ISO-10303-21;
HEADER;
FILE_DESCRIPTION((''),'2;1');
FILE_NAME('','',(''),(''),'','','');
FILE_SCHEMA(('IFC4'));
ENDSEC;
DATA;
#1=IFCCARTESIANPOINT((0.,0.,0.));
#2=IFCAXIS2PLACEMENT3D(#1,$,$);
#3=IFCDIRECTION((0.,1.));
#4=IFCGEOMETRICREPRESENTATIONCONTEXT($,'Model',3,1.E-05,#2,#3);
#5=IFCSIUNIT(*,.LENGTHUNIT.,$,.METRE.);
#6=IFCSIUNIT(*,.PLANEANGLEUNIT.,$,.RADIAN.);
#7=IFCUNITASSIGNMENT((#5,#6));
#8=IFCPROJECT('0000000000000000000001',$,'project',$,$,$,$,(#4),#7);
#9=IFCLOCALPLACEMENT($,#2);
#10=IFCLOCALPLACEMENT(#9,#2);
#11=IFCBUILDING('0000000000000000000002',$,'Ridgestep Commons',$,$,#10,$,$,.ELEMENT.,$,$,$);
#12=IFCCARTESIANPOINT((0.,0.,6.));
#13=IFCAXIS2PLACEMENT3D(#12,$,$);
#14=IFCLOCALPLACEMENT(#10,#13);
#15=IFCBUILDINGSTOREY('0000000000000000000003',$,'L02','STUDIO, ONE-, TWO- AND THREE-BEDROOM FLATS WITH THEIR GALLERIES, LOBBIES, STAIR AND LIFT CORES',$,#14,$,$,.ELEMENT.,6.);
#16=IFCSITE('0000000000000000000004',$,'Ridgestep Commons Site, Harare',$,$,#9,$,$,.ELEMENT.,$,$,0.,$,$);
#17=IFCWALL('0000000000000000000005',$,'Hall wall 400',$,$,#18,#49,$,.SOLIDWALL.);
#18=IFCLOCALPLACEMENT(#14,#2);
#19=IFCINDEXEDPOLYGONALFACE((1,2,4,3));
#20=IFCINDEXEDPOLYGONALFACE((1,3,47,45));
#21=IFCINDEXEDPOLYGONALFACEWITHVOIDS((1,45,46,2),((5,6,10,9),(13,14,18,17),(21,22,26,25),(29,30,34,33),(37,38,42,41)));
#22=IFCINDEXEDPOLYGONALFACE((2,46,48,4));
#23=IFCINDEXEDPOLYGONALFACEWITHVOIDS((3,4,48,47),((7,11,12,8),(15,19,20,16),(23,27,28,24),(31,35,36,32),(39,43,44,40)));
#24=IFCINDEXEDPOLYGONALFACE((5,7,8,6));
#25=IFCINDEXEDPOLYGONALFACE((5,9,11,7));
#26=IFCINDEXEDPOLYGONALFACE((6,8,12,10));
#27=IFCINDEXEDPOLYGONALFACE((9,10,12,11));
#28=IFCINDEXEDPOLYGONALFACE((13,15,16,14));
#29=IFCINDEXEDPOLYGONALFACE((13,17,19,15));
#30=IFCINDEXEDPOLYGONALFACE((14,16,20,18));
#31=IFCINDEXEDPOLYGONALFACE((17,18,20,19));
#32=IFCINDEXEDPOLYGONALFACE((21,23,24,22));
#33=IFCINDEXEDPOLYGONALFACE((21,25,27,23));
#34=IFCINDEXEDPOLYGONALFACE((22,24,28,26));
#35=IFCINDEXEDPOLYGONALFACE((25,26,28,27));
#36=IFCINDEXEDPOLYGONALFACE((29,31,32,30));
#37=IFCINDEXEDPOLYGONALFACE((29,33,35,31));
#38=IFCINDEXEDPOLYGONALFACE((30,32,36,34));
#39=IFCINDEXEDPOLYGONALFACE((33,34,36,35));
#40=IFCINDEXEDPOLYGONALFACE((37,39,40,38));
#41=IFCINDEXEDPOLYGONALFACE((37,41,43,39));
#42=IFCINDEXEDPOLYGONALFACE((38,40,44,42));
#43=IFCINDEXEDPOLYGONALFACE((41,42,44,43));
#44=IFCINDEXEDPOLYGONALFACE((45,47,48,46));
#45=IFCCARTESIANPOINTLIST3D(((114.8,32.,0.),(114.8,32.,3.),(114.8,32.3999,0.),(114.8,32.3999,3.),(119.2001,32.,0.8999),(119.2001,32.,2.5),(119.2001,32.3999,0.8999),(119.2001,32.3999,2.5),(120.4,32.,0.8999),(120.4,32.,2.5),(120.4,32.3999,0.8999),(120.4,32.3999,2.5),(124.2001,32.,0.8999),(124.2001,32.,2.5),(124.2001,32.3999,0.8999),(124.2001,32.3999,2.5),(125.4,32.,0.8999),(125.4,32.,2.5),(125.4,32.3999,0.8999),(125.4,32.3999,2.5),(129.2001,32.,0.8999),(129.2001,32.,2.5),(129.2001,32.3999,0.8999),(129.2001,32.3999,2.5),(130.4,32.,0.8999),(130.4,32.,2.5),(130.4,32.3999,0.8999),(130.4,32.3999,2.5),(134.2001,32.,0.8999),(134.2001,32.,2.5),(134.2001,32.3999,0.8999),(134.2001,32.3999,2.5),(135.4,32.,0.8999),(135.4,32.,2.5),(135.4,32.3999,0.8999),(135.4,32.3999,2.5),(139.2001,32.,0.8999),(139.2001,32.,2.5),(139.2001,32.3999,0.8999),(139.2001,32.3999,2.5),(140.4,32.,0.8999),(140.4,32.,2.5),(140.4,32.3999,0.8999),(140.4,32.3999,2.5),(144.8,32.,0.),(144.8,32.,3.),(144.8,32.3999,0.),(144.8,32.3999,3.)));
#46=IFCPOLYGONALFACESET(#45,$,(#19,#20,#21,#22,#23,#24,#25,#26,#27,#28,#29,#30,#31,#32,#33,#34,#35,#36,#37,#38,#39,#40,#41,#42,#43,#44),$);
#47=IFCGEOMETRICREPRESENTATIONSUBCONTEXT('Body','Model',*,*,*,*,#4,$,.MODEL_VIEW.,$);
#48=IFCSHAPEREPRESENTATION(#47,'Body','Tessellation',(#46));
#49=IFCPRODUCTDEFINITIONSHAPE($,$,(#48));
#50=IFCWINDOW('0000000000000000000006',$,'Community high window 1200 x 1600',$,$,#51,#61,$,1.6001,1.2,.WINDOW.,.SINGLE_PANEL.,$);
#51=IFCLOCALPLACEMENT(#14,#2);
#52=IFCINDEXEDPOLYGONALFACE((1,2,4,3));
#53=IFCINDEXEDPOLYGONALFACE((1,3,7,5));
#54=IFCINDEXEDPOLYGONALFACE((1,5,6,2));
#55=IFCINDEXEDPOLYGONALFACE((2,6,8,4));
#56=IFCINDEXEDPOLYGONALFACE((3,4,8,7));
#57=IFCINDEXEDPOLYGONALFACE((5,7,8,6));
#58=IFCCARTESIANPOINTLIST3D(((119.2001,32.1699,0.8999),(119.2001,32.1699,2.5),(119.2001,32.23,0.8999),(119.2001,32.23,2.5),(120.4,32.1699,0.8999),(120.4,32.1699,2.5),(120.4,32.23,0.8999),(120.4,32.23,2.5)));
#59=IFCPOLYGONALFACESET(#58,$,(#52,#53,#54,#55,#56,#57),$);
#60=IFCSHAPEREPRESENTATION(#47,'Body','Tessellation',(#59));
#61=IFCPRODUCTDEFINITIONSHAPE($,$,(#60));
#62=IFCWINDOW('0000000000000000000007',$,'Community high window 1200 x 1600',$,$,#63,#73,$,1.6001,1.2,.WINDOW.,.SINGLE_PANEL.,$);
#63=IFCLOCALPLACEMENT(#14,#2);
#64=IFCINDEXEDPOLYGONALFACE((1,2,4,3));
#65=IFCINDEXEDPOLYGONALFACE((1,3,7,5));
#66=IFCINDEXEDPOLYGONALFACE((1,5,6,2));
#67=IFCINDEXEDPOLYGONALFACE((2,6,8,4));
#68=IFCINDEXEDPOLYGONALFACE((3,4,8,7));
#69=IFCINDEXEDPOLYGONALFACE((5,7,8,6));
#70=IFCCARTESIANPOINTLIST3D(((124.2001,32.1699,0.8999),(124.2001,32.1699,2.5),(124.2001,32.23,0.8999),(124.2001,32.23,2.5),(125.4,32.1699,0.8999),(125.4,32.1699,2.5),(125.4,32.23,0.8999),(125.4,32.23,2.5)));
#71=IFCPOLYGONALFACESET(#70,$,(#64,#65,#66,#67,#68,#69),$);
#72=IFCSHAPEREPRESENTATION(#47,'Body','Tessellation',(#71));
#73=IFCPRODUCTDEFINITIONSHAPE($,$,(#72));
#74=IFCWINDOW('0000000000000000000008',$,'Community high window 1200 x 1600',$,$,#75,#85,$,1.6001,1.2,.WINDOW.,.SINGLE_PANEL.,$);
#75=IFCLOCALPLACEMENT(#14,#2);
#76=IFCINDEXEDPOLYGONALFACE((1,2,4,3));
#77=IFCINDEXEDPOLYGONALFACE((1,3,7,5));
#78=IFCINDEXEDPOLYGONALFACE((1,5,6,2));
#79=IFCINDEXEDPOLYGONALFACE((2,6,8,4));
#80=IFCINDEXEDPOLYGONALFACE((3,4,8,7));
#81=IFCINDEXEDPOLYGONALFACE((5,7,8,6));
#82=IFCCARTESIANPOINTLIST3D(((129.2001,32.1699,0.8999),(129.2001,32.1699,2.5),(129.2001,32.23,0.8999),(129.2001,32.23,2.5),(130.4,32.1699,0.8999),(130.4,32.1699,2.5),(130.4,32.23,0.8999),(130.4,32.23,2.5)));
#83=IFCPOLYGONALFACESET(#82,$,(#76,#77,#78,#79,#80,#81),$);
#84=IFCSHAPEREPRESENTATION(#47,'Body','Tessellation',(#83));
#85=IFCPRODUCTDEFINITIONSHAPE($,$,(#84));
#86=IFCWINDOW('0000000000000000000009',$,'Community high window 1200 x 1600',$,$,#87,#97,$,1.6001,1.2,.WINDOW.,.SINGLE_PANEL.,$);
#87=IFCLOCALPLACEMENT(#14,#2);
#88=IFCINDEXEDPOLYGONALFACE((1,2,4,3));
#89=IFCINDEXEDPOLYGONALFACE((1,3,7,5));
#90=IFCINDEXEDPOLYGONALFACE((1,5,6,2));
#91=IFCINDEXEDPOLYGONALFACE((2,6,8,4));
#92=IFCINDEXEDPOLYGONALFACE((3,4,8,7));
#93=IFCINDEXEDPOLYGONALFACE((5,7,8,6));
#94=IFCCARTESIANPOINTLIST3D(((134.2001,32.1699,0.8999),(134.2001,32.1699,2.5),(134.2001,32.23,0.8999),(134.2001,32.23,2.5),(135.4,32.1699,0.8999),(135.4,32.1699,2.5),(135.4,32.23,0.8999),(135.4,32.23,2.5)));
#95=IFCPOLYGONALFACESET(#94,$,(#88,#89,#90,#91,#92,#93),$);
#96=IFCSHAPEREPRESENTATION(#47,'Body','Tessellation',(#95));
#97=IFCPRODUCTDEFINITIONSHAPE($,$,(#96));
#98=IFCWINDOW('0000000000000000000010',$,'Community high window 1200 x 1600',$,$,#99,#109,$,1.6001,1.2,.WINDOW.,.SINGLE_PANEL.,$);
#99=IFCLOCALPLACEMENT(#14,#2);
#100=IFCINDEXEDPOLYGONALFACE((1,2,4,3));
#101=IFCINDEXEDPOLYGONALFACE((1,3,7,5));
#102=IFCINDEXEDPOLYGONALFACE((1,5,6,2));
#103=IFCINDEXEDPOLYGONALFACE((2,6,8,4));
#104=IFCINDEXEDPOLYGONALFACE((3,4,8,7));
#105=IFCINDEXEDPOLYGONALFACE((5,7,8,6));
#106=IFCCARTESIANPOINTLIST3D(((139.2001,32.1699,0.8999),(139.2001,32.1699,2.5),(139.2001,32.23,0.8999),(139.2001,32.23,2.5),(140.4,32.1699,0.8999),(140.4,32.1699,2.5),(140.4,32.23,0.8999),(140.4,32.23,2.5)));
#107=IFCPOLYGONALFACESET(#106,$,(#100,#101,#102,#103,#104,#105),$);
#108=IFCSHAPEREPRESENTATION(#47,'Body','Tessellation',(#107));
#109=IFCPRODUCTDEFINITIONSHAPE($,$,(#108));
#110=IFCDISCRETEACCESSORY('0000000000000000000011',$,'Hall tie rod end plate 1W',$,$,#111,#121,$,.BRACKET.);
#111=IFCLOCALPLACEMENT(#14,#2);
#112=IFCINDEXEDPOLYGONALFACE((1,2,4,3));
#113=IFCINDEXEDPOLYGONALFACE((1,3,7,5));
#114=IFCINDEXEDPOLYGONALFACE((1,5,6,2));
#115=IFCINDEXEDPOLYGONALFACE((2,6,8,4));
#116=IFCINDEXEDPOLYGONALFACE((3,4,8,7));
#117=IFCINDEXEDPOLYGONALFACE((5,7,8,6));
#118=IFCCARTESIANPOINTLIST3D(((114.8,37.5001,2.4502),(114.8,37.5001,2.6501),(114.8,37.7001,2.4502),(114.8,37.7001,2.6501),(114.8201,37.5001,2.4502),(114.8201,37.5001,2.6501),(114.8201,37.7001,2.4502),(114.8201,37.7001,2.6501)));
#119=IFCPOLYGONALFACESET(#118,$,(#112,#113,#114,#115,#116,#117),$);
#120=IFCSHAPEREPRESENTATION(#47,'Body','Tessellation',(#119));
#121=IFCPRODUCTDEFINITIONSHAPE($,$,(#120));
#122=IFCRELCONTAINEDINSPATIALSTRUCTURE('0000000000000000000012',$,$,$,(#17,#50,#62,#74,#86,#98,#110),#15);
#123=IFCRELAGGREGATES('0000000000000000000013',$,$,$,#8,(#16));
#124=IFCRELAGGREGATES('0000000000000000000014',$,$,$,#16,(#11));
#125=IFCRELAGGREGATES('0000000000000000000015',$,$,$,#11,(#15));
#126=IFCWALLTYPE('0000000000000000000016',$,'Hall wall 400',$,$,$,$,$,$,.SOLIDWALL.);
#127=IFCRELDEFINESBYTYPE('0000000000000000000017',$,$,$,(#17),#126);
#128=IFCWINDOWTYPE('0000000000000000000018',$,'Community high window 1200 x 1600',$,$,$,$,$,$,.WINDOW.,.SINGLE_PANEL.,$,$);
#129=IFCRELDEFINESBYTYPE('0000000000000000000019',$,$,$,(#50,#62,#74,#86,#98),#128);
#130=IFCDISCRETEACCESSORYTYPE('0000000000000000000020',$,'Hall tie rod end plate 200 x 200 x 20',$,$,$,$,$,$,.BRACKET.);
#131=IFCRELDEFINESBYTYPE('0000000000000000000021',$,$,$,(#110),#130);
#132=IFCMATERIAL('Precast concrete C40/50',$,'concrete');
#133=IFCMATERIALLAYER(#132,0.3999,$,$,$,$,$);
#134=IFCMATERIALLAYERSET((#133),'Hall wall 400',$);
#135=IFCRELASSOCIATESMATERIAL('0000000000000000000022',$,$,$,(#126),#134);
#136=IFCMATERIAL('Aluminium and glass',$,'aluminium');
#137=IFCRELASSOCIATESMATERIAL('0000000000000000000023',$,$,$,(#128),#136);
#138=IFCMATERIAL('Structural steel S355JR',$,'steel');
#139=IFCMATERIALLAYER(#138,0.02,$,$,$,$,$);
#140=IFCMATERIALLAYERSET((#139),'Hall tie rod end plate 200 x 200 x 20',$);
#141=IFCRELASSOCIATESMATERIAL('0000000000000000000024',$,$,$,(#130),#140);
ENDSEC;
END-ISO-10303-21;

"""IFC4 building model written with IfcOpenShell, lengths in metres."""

from ifc_helpers import new_model, si_unit, direction, frame, frame_2d, origin, origin_2d, place, context, subcontext, project, spatial, rectangle, extrude, material, layer, layer_set, type_object, element, fill, save


model = new_model("IFC4")

# Units and contexts
model_context = context("Model", 3, precision=1e-05, world=origin(), true_north=direction((0.0, 1.0)))
body_context = subcontext(model_context, "Body", "Model", "MODEL_VIEW")
ifc_project = project(units=[si_unit("LENGTHUNIT", "METRE"), si_unit("PLANEANGLEUNIT", "RADIAN")], contexts=[model_context])

# Site, building, storey
site_placement = place(None, origin())
site = spatial("IfcSite", under=ifc_project, at=site_placement, Name="Ridgestep Commons Site, Harare", CompositionType="ELEMENT", RefElevation=0.0)
building_placement = place(site_placement, origin())
building = spatial("IfcBuilding", under=site, at=building_placement, Name="Ridgestep Commons", CompositionType="ELEMENT")
storey_placement = place(building_placement, frame((0.0, 0.0, 6.0)))
storey = spatial("IfcBuildingStorey", under=building, at=storey_placement, Name="L02", Description="STUDIO, ONE-, TWO- AND THREE-BEDROOM FLATS WITH THEIR GALLERIES, LOBBIES, STAIR AND LIFT CORES", CompositionType="ELEMENT", Elevation=6.0)

# Wall, openings, windows
ifc_material_1 = material(Name="Precast concrete C40/50", Category="concrete")
ifc_layer_1 = layer(ifc_material_1, 0.3999)
ifc_layer_set_1 = layer_set([ifc_layer_1], Name="Hall wall 400")
wall_type_1 = type_object("IfcWallType", Name="Hall wall 400", PredefinedType="SOLIDWALL", material=ifc_layer_set_1)
ifc_material_2 = material(Name="Aluminium and glass", Category="aluminium")
window_type = type_object("IfcWindowType", Name="Community high window 1200 x 1600", PartitioningType="SINGLE_PANEL", PredefinedType="WINDOW", material=ifc_material_2)
wall_1_placement = place(storey_placement, frame((114.8, 32.2, 0.0), z_axis=(0.0, 0.0, 1.0), x_axis=(1.0, 0.0, 0.0)))
wall_1 = element("IfcWall", 1, at=wall_1_placement, inside=storey, type_object=wall_type_1, Name="Hall wall 400", PredefinedType="SOLIDWALL", context=body_context, shape_type="SweptSolid", body=[
    extrude(rectangle(XDim=30.0, YDim=0.3999, at=frame_2d((15.0, 0.0))), origin(), (0.0, 0.0, 1.0), 3.0),
])
opening_1_placement = place(wall_1_placement, frame((4.3999, 0.0, 0.8999)))
opening_1 = element("IfcOpeningElement", 2, at=opening_1_placement, cuts=wall_1, PredefinedType="OPENING", context=body_context, shape_type="SweptSolid", body=[
    extrude(rectangle(XDim=1.2, YDim=1.6001, at=frame_2d((0.6001, 0.8))), frame((0.0, 0.21, 0.0), z_axis=(0.0, -1.0, 0.0), x_axis=(1.0, 0.0, 0.0)), (0.0, 0.0, 1.0), 0.4199),
])
opening_2_placement = place(wall_1_placement, frame((9.3999, 0.0, 0.8999)))
opening_2 = element("IfcOpeningElement", 3, at=opening_2_placement, cuts=wall_1, PredefinedType="OPENING", context=body_context, shape_type="SweptSolid", body=[
    extrude(rectangle(XDim=1.2, YDim=1.6001, at=frame_2d((0.6001, 0.8))), frame((0.0, 0.21, 0.0), z_axis=(0.0, -1.0, 0.0), x_axis=(1.0, 0.0, 0.0)), (0.0, 0.0, 1.0), 0.4199),
])
opening_3_placement = place(wall_1_placement, frame((14.3999, 0.0, 0.8999)))
opening_3 = element("IfcOpeningElement", 4, at=opening_3_placement, cuts=wall_1, PredefinedType="OPENING", context=body_context, shape_type="SweptSolid", body=[
    extrude(rectangle(XDim=1.2, YDim=1.6001, at=frame_2d((0.6001, 0.8))), frame((0.0, 0.21, 0.0), z_axis=(0.0, -1.0, 0.0), x_axis=(1.0, 0.0, 0.0)), (0.0, 0.0, 1.0), 0.4199),
])
opening_4_placement = place(wall_1_placement, frame((19.3999, 0.0, 0.8999)))
opening_4 = element("IfcOpeningElement", 5, at=opening_4_placement, cuts=wall_1, PredefinedType="OPENING", context=body_context, shape_type="SweptSolid", body=[
    extrude(rectangle(XDim=1.2, YDim=1.6001, at=frame_2d((0.6001, 0.8))), frame((0.0, 0.21, 0.0), z_axis=(0.0, -1.0, 0.0), x_axis=(1.0, 0.0, 0.0)), (0.0, 0.0, 1.0), 0.4199),
])
opening_5_placement = place(wall_1_placement, frame((24.3999, 0.0, 0.8999)))
opening_5 = element("IfcOpeningElement", 6, at=opening_5_placement, cuts=wall_1, PredefinedType="OPENING", context=body_context, shape_type="SweptSolid", body=[
    extrude(rectangle(XDim=1.2, YDim=1.6001, at=frame_2d((0.6001, 0.8))), frame((0.0, 0.21, 0.0), z_axis=(0.0, -1.0, 0.0), x_axis=(1.0, 0.0, 0.0)), (0.0, 0.0, 1.0), 0.4199),
])
window_1_placement = place(opening_1_placement, origin())
window_1 = element("IfcWindow", 7, at=window_1_placement, inside=storey, type_object=window_type, Name="Community high window 1200 x 1600", OverallHeight=1.6001, OverallWidth=1.2, PartitioningType="SINGLE_PANEL", PredefinedType="WINDOW", context=body_context, shape_type="SweptSolid", body=[
    extrude(rectangle(XDim=1.2, YDim=1.6001, at=frame_2d((0.6001, 0.8))), frame((0.0, 0.03, 0.0), z_axis=(0.0, -1.0, 0.0), x_axis=(1.0, 0.0, 0.0)), (0.0, 0.0, 1.0), 0.0601),
])
fill(opening_1, window_1)
window_2_placement = place(opening_2_placement, origin())
window_2 = element("IfcWindow", 8, at=window_2_placement, inside=storey, type_object=window_type, Name="Community high window 1200 x 1600", OverallHeight=1.6001, OverallWidth=1.2, PartitioningType="SINGLE_PANEL", PredefinedType="WINDOW", context=body_context, shape_type="SweptSolid", body=[
    extrude(rectangle(XDim=1.2, YDim=1.6001, at=frame_2d((0.6001, 0.8))), frame((0.0, 0.03, 0.0), z_axis=(0.0, -1.0, 0.0), x_axis=(1.0, 0.0, 0.0)), (0.0, 0.0, 1.0), 0.0601),
])
fill(opening_2, window_2)
window_3_placement = place(opening_3_placement, origin())
window_3 = element("IfcWindow", 9, at=window_3_placement, inside=storey, type_object=window_type, Name="Community high window 1200 x 1600", OverallHeight=1.6001, OverallWidth=1.2, PartitioningType="SINGLE_PANEL", PredefinedType="WINDOW", context=body_context, shape_type="SweptSolid", body=[
    extrude(rectangle(XDim=1.2, YDim=1.6001, at=frame_2d((0.6001, 0.8))), frame((0.0, 0.03, 0.0), z_axis=(0.0, -1.0, 0.0), x_axis=(1.0, 0.0, 0.0)), (0.0, 0.0, 1.0), 0.0601),
])
fill(opening_3, window_3)
window_4_placement = place(opening_4_placement, origin())
window_4 = element("IfcWindow", 10, at=window_4_placement, inside=storey, type_object=window_type, Name="Community high window 1200 x 1600", OverallHeight=1.6001, OverallWidth=1.2, PartitioningType="SINGLE_PANEL", PredefinedType="WINDOW", context=body_context, shape_type="SweptSolid", body=[
    extrude(rectangle(XDim=1.2, YDim=1.6001, at=frame_2d((0.6001, 0.8))), frame((0.0, 0.03, 0.0), z_axis=(0.0, -1.0, 0.0), x_axis=(1.0, 0.0, 0.0)), (0.0, 0.0, 1.0), 0.0601),
])
fill(opening_4, window_4)
window_5_placement = place(opening_5_placement, origin())
window_5 = element("IfcWindow", 11, at=window_5_placement, inside=storey, type_object=window_type, Name="Community high window 1200 x 1600", OverallHeight=1.6001, OverallWidth=1.2, PartitioningType="SINGLE_PANEL", PredefinedType="WINDOW", context=body_context, shape_type="SweptSolid", body=[
    extrude(rectangle(XDim=1.2, YDim=1.6001, at=frame_2d((0.6001, 0.8))), frame((0.0, 0.03, 0.0), z_axis=(0.0, -1.0, 0.0), x_axis=(1.0, 0.0, 0.0)), (0.0, 0.0, 1.0), 0.0601),
])
fill(opening_5, window_5)

# Discrete accessory
ifc_material_3 = material(Name="Structural steel S355JR", Category="steel")
ifc_layer_2 = layer(ifc_material_3, 0.02)
ifc_layer_set_2 = layer_set([ifc_layer_2], Name="Hall tie rod end plate 200 x 200 x 20")
discrete_accessory_type = type_object("IfcDiscreteAccessoryType", Name="Hall tie rod end plate 200 x 200 x 20", PredefinedType="BRACKET", material=ifc_layer_set_2)
discrete_accessory_placement = place(storey_placement, frame((114.8101, 37.6001, 2.4502), z_axis=(0.0, 0.0, 1.0), x_axis=(1.0, 0.0, 0.0)))
element("IfcDiscreteAccessory", 12, at=discrete_accessory_placement, inside=storey, type_object=discrete_accessory_type, Name="Hall tie rod end plate 1W", PredefinedType="BRACKET", context=body_context, shape_type="SweptSolid", body=[
    extrude(rectangle(XDim=0.02, YDim=0.2, at=origin_2d()), origin(), (0.0, 0.0, 1.0), 0.2),
])

save(model, "model.ifc")
